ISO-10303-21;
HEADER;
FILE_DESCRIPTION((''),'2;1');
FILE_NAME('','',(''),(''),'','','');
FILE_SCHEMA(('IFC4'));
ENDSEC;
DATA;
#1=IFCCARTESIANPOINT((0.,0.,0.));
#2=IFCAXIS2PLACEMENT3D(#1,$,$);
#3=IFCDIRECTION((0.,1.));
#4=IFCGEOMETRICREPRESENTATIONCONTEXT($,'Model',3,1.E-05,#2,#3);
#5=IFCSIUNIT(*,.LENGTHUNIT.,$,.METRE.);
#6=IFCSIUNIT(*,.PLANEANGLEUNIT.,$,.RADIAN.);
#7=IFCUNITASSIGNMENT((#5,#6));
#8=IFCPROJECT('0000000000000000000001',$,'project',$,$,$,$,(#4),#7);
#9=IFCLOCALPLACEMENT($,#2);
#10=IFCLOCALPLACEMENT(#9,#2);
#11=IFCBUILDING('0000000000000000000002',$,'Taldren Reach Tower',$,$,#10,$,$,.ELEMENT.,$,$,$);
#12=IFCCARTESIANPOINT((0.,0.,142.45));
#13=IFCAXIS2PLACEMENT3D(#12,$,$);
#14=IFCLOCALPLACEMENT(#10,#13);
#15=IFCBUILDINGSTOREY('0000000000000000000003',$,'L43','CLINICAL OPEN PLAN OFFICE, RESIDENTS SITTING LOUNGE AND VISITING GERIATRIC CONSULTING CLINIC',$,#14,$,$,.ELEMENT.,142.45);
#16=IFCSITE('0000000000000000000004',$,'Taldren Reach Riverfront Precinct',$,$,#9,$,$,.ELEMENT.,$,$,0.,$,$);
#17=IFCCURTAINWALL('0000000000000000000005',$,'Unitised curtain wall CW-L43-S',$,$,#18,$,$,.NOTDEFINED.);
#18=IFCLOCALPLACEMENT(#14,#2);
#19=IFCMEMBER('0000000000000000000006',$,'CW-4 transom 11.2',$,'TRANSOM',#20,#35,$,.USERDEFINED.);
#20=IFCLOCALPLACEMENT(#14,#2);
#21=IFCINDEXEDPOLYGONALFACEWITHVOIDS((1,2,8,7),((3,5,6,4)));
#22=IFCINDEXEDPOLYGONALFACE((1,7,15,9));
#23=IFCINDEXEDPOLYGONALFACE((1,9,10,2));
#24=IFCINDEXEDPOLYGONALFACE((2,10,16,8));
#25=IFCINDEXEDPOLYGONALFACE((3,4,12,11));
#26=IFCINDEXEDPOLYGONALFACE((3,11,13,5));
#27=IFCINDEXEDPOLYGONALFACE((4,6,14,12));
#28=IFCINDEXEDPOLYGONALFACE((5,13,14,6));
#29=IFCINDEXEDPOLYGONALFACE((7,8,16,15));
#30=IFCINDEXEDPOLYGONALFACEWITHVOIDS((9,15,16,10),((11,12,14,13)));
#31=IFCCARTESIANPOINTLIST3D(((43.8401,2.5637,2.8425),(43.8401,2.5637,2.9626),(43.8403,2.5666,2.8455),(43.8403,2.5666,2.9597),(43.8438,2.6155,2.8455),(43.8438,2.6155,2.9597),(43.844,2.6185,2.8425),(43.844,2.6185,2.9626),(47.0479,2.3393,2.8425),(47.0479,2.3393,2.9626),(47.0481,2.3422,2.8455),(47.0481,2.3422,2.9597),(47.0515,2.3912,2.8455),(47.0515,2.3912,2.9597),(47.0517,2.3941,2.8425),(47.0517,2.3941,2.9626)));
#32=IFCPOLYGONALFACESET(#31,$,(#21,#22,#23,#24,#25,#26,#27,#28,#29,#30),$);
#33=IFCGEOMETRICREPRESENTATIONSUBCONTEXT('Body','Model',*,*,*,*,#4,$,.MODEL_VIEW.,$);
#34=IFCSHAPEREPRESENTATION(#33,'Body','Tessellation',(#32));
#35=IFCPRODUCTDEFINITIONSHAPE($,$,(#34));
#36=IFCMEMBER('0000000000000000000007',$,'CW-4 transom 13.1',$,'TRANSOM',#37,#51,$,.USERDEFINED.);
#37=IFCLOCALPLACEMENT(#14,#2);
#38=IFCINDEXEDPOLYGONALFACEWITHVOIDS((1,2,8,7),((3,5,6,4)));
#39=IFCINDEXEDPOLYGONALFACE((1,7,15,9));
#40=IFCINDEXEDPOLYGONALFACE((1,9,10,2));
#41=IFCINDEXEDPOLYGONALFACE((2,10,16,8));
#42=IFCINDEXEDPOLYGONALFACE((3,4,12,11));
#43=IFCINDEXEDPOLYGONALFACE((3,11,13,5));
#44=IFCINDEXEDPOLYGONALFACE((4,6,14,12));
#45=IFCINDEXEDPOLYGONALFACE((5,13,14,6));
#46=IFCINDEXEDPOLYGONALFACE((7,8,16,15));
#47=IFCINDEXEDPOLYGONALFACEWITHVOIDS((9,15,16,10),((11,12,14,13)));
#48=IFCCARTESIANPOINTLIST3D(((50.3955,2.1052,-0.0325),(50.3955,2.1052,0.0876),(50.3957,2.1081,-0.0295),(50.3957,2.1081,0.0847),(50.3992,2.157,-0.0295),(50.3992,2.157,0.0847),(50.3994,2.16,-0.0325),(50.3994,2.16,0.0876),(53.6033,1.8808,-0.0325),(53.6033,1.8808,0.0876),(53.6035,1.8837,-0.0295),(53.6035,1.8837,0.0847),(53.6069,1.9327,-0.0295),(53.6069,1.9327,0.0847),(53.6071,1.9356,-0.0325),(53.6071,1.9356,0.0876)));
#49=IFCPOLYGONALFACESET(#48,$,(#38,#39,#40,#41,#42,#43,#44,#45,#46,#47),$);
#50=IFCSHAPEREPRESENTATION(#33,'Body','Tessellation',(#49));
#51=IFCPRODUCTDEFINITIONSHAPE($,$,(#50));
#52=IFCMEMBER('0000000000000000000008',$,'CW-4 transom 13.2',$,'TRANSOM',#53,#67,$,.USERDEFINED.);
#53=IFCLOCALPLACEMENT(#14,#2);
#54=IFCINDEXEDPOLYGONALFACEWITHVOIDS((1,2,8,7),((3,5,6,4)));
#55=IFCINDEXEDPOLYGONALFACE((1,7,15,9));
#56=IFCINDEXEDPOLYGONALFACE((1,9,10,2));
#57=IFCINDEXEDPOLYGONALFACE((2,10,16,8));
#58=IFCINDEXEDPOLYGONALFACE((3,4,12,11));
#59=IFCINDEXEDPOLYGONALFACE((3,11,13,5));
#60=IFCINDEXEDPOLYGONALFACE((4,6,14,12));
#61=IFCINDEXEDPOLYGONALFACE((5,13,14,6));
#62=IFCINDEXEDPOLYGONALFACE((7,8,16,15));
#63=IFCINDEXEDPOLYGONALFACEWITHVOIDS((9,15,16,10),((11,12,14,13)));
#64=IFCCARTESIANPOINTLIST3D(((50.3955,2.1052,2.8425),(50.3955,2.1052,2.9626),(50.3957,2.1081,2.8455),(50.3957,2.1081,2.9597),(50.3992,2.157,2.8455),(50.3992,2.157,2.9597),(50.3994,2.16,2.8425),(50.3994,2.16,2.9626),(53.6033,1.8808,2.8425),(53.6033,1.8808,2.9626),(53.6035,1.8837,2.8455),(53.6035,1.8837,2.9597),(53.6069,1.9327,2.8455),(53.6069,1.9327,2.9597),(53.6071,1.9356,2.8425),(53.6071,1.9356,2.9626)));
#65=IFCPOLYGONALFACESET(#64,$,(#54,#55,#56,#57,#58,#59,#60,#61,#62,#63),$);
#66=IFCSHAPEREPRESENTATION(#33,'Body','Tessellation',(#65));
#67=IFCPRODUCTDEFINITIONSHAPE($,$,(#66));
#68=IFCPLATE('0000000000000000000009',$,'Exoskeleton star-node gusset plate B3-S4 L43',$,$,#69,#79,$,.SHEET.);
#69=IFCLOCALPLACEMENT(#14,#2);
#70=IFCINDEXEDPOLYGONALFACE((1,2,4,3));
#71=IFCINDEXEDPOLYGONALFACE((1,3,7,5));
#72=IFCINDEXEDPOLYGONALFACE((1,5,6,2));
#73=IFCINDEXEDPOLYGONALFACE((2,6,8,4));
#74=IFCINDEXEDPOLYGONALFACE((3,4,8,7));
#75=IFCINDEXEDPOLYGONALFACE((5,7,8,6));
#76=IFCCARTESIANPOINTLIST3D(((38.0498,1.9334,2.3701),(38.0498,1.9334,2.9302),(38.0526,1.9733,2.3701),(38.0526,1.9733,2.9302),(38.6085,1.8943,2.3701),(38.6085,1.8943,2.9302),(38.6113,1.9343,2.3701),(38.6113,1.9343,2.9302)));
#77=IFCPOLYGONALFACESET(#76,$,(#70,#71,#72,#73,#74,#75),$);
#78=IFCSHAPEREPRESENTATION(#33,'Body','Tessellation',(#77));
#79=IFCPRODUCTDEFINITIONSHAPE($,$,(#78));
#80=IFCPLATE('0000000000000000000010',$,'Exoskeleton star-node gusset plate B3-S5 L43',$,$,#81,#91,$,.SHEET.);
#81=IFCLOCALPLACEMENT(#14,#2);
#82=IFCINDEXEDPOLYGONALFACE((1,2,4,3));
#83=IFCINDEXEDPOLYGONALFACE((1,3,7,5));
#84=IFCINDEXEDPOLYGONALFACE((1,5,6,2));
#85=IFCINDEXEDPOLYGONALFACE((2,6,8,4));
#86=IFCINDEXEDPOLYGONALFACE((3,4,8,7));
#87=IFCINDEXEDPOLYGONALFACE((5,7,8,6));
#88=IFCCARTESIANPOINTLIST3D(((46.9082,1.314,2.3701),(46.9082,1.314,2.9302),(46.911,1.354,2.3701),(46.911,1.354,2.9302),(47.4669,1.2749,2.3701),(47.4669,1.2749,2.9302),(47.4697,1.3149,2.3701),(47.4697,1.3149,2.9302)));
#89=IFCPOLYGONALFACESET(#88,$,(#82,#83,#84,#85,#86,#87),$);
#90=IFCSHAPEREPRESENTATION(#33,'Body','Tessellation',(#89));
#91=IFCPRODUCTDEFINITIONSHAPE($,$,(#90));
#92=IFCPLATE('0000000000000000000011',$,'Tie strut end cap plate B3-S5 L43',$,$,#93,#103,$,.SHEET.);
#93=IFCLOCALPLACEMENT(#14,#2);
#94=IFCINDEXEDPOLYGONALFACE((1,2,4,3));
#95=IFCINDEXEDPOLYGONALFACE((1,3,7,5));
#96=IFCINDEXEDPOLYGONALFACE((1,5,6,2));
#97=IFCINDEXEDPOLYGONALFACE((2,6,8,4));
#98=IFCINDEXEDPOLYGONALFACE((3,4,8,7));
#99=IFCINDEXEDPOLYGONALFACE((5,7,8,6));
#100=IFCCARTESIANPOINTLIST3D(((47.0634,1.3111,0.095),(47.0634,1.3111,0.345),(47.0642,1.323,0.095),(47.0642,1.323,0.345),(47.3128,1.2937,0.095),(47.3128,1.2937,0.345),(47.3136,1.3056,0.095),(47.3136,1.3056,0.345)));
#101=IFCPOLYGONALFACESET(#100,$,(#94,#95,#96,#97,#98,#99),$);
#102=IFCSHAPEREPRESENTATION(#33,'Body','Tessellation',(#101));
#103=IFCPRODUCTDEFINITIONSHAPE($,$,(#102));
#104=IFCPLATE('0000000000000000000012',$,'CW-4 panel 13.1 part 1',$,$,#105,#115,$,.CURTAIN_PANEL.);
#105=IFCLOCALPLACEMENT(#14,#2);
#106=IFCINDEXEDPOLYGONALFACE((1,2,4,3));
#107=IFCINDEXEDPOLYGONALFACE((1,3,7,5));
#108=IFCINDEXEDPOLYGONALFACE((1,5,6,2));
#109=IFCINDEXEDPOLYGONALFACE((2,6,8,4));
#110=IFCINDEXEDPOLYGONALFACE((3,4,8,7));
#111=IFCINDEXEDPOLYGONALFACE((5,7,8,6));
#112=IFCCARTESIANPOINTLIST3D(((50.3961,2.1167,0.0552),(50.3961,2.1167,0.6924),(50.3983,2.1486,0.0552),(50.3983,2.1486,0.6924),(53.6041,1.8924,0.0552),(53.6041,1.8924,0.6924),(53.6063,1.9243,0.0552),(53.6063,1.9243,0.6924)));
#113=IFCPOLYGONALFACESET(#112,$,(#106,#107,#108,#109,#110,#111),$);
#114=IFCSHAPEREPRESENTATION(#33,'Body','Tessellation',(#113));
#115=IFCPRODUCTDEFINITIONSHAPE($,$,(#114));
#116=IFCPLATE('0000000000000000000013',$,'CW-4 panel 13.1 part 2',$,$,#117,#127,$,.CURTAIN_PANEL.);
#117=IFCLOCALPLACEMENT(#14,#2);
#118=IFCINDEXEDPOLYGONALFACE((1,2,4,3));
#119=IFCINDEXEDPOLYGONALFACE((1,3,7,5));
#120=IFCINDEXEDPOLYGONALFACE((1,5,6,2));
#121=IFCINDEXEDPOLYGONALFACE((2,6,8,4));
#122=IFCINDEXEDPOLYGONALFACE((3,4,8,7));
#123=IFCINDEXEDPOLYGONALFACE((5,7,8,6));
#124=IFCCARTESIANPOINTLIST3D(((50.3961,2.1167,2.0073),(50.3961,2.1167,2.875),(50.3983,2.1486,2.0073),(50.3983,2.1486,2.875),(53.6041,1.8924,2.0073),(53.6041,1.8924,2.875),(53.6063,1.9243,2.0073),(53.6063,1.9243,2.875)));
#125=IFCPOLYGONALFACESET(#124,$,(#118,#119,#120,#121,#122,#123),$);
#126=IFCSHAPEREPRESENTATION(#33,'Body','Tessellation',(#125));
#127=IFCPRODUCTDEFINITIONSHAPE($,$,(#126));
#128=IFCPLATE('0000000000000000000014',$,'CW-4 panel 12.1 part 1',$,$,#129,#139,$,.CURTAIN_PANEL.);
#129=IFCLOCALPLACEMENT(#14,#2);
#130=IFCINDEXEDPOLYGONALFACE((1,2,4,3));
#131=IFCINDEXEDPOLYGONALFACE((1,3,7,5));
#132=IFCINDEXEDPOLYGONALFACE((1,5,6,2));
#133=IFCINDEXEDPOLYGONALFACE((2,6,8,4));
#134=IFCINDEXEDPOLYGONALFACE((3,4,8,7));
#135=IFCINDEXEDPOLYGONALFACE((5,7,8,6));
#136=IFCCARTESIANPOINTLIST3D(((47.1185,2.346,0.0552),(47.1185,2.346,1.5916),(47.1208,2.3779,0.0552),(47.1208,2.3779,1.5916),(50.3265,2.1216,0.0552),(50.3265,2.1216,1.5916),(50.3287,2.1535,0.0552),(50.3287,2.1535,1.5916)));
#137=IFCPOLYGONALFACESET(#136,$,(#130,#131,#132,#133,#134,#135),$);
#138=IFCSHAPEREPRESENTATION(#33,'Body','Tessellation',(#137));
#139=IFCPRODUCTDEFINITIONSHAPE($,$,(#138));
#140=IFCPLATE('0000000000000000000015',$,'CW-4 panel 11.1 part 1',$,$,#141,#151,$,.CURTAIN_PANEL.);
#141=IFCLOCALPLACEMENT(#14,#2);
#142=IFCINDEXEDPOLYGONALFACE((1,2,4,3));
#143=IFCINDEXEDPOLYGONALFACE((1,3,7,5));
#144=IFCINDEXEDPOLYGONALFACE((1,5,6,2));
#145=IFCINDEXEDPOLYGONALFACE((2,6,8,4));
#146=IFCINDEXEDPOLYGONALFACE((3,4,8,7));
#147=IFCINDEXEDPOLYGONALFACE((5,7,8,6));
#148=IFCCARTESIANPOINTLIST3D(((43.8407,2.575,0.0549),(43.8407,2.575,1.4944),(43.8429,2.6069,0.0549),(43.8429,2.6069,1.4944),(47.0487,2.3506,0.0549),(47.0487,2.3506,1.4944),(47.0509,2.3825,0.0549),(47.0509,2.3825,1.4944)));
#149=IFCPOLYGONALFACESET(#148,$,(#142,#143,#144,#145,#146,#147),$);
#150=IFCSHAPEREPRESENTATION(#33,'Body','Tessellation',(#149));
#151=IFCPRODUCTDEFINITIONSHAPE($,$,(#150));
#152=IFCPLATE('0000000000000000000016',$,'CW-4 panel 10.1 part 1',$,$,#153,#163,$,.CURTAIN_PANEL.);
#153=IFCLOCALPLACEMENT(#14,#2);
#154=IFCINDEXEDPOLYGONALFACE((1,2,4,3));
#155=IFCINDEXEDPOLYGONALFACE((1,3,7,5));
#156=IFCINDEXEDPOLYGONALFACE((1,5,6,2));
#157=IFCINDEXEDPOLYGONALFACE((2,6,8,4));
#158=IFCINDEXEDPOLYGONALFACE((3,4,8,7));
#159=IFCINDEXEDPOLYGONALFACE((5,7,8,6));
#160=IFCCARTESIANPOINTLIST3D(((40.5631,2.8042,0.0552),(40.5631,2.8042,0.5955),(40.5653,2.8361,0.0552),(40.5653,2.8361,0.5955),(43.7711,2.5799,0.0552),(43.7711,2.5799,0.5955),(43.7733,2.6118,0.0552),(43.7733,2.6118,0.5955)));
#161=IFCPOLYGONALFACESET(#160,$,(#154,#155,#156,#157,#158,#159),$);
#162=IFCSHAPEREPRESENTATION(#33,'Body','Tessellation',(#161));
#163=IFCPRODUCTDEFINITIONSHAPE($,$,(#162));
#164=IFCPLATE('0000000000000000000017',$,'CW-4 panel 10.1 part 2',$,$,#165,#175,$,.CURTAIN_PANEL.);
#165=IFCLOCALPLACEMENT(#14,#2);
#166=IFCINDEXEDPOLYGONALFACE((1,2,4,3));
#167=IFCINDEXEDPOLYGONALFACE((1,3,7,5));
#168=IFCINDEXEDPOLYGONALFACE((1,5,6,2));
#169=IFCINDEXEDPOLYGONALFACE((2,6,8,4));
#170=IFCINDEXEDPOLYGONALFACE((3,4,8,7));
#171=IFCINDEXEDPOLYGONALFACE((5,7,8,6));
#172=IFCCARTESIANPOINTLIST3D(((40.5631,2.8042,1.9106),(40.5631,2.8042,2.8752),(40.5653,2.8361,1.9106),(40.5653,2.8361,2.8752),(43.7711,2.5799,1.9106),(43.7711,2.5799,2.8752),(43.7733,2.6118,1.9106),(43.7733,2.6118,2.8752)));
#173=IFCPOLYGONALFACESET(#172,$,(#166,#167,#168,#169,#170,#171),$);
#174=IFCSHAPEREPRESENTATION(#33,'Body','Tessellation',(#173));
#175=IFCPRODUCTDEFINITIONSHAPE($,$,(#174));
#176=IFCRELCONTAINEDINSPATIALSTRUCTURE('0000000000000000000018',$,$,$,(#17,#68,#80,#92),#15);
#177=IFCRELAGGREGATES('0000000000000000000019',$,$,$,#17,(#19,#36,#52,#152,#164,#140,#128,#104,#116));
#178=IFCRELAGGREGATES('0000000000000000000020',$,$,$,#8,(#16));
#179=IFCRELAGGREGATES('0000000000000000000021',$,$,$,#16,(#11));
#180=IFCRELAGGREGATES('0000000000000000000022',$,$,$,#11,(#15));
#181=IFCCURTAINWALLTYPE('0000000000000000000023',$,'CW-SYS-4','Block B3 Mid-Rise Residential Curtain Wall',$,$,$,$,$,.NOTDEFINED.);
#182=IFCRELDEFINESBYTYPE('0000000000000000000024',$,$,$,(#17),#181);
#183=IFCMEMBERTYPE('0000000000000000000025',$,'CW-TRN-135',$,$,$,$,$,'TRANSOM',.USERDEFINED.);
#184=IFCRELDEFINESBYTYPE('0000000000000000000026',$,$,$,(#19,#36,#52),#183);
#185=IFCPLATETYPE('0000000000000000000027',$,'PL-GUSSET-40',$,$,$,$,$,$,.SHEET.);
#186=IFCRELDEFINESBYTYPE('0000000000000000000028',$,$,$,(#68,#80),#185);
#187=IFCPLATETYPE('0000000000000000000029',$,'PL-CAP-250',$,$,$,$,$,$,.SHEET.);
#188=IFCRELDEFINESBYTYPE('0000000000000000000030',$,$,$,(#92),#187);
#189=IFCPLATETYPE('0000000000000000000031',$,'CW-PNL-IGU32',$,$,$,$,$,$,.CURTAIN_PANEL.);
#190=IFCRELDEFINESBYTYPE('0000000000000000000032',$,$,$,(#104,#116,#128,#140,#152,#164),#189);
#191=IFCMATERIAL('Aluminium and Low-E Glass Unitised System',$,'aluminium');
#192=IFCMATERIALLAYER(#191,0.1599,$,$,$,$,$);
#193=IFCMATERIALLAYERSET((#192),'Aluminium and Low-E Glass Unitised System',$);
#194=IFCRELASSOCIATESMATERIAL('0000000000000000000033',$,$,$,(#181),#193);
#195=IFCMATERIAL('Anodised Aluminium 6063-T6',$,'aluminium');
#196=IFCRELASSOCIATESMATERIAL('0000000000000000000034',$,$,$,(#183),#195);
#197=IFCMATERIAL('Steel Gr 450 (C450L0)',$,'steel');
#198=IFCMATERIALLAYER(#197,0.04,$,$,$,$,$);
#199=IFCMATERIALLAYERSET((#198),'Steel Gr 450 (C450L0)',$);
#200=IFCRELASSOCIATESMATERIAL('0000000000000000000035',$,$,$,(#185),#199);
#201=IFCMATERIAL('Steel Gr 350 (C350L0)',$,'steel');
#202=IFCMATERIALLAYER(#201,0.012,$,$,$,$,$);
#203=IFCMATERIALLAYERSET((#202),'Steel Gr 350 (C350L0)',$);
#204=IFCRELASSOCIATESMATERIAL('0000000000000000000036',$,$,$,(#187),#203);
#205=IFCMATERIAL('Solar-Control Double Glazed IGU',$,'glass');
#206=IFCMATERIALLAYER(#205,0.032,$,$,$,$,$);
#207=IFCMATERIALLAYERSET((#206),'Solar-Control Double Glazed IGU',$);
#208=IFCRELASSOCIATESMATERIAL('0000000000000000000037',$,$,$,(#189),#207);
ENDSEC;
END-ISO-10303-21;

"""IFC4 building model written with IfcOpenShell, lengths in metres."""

from ifc_helpers import new_model, si_unit, direction, frame, origin, origin_2d, place, context, subcontext, project, spatial, rectangle, hollow_rectangle, extrude, source, transform, mapped, material, layer, layer_set, material_profile, profile_set, type_object, element, aggregate, save


model = new_model("IFC4")

# Units and contexts
model_context = context("Model", 3, precision=1e-05, world=origin(), true_north=direction((0.0, 1.0)))
body_context = subcontext(model_context, "Body", "Model", "MODEL_VIEW")
ifc_project = project(units=[si_unit("LENGTHUNIT", "METRE"), si_unit("PLANEANGLEUNIT", "RADIAN")], contexts=[model_context])

# Site, building, storey
site_placement = place(None, origin())
site = spatial("IfcSite", under=ifc_project, at=site_placement, Name="Taldren Reach Riverfront Precinct", CompositionType="ELEMENT", RefElevation=0.0)
building_placement = place(site_placement, origin())
building = spatial("IfcBuilding", under=site, at=building_placement, Name="Taldren Reach Tower", CompositionType="ELEMENT")
storey_placement = place(building_placement, frame((0.0, 0.0, 142.45)))
storey = spatial("IfcBuildingStorey", under=building, at=storey_placement, Name="L43", Description="CLINICAL OPEN PLAN OFFICE, RESIDENTS SITTING LOUNGE AND VISITING GERIATRIC CONSULTING CLINIC", CompositionType="ELEMENT", Elevation=142.45)

# Shared definitions
ifc_material_1 = material(Name="Steel Gr 450 (C450L0)", Category="steel")
ifc_material_2 = material(Name="Steel Gr 350 (C350L0)", Category="steel")

# Curtain wall, members
ifc_material_3 = material(Name="Aluminium and Low-E Glass Unitised System", Category="aluminium")
ifc_layer_1 = layer(ifc_material_3, 0.1599)
ifc_layer_set_1 = layer_set([ifc_layer_1], Name="Aluminium and Low-E Glass Unitised System")
curtain_wall_type = type_object("IfcCurtainWallType", Name="CW-SYS-4", Description="Block B3 Mid-Rise Residential Curtain Wall", PredefinedType="NOTDEFINED", material=ifc_layer_set_1)
curtain_wall_placement = place(storey_placement, origin())
curtain_wall = element("IfcCurtainWall", 1, at=curtain_wall_placement, inside=storey, type_object=curtain_wall_type, Name="Unitised curtain wall CW-L43-S", PredefinedType="NOTDEFINED")
ifc_material_4 = material(Name="Anodised Aluminium 6063-T6", Category="aluminium")
ifc_material_profile_1 = material_profile(ifc_material_4, hollow_rectangle(XDim=0.0549, YDim=0.1201, WallThickness=0.0029, at=origin_2d()), Name="ALU-120x55x3RHS")
ifc_profile_set_1 = profile_set([ifc_material_profile_1], Name="Anodised Aluminium 6063-T6")
member_type_1 = type_object("IfcMemberType", Name="CW-TRN-135", ElementType="TRANSOM", PredefinedType="USERDEFINED", material=ifc_profile_set_1)
shared_shape_1 = source(origin(), body_context, "Body", "SweptSolid", [
    extrude(hollow_rectangle(XDim=0.0549, YDim=0.1201, WallThickness=0.0029, at=origin_2d()), origin(), (0.0, 0.0, 1.0), 3.2156),
])
member_1_placement = place(storey_placement, frame((43.842, 2.5911, 2.9026), z_axis=(0.997563, -0.069774, 0.0), x_axis=(0.069774, 0.997563, 0.0)))
member_1 = element("IfcMember", 2, at=member_1_placement, type_object=member_type_1, Name="CW-4 transom 11.2", ObjectType="TRANSOM", PredefinedType="USERDEFINED", context=body_context, shape_type="MappedRepresentation", body=[
    mapped(shared_shape_1, transform((0.0, 0.0, 0.0), scale=1.0)),
])
member_2_placement = place(storey_placement, frame((50.3975, 2.1326, 0.0276), z_axis=(0.997563, -0.069774, 0.0), x_axis=(0.069774, 0.997563, 0.0)))
member_2 = element("IfcMember", 3, at=member_2_placement, type_object=member_type_1, Name="CW-4 transom 13.1", ObjectType="TRANSOM", PredefinedType="USERDEFINED", context=body_context, shape_type="MappedRepresentation", body=[
    mapped(shared_shape_1, transform((0.0, 0.0, 0.0), scale=1.0)),
])
member_3_placement = place(storey_placement, frame((50.3975, 2.1326, 2.9026), z_axis=(0.997563, -0.069774, 0.0), x_axis=(0.069774, 0.997563, 0.0)))
member_3 = element("IfcMember", 4, at=member_3_placement, type_object=member_type_1, Name="CW-4 transom 13.2", ObjectType="TRANSOM", PredefinedType="USERDEFINED", context=body_context, shape_type="MappedRepresentation", body=[
    mapped(shared_shape_1, transform((0.0, 0.0, 0.0), scale=1.0)),
])

# Plates
ifc_layer_2 = layer(ifc_material_1, 0.04)
ifc_layer_set_2 = layer_set([ifc_layer_2], Name="Steel Gr 450 (C450L0)")
plate_type_1 = type_object("IfcPlateType", Name="PL-GUSSET-40", PredefinedType="SHEET", material=ifc_layer_set_2)
shared_shape_2 = source(origin(), body_context, "Body", "SweptSolid", [
    extrude(rectangle(XDim=0.5601, YDim=0.04, at=origin_2d()), origin(), (0.0, 0.0, 1.0), 0.5601),
])
for number, where, z_axis, x_axis, name in (
    (5, (38.3306, 1.9338, 2.3701), (0.0, 0.0, 1.0), (0.997564, -0.069756, 0.0), "Exoskeleton star-node gusset plate B3-S4 L43"),
    (6, (47.189, 1.3145, 2.3701), (0.0, 0.0, 1.0), (0.997564, -0.069756, 0.0), "Exoskeleton star-node gusset plate B3-S5 L43"),
):
    element("IfcPlate", number, at=place(storey_placement, frame(where, z_axis=z_axis, x_axis=x_axis)), inside=storey, type_object=plate_type_1, Name=name, PredefinedType="SHEET", context=body_context, shape_type="MappedRepresentation", body=[
        mapped(shared_shape_2, transform((0.0, 0.0, 0.0), scale=1.0)),
    ])
ifc_layer_3 = layer(ifc_material_2, 0.012)
ifc_layer_set_3 = layer_set([ifc_layer_3], Name="Steel Gr 350 (C350L0)")
plate_type_2 = type_object("IfcPlateType", Name="PL-CAP-250", PredefinedType="SHEET", material=ifc_layer_set_3)
shared_shape_3 = source(origin(), body_context, "Body", "SweptSolid", [
    extrude(rectangle(XDim=0.25, YDim=0.012, at=origin_2d()), origin(), (0.0, 0.0, 1.0), 0.25),
])
plate_1_placement = place(storey_placement, frame((47.1885, 1.3083, 0.095), z_axis=(0.0, 0.0, 1.0), x_axis=(0.997564, -0.069756, 0.0)))
element("IfcPlate", 7, at=plate_1_placement, inside=storey, type_object=plate_type_2, Name="Tie strut end cap plate B3-S5 L43", PredefinedType="SHEET", context=body_context, shape_type="MappedRepresentation", body=[
    mapped(shared_shape_3, transform((0.0, 0.0, 0.0), scale=1.0)),
])

# Plates
ifc_material_5 = material(Name="Solar-Control Double Glazed IGU", Category="glass")
ifc_layer_4 = layer(ifc_material_5, 0.032)
ifc_layer_set_4 = layer_set([ifc_layer_4], Name="Solar-Control Double Glazed IGU")
plate_type_3 = type_object("IfcPlateType", Name="CW-PNL-IGU32", PredefinedType="CURTAIN_PANEL", material=ifc_layer_set_4)
shared_shape_4 = source(origin(), body_context, "Body", "SweptSolid", [
    extrude(rectangle(XDim=3.2158, YDim=0.032, at=origin_2d()), origin(), (0.0, 0.0, 1.0), 0.6372),
])
plate_2_placement = place(storey_placement, frame((52.0012, 2.0205, 0.0552), z_axis=(0.0, 0.0, 1.0), x_axis=(0.997564, -0.069757, 0.0)))
plate_2 = element("IfcPlate", 8, at=plate_2_placement, type_object=plate_type_3, Name="CW-4 panel 13.1 part 1", PredefinedType="CURTAIN_PANEL", context=body_context, shape_type="MappedRepresentation", body=[
    mapped(shared_shape_4, transform((0.0, 0.0, 0.0), scale=1.0)),
])
shared_shape_5 = source(origin(), body_context, "Body", "SweptSolid", [
    extrude(rectangle(XDim=3.2158, YDim=0.032, at=origin_2d()), origin(), (0.0, 0.0, 1.0), 0.8677),
])
plate_3_placement = place(storey_placement, frame((52.0012, 2.0205, 2.0073), z_axis=(0.0, 0.0, 1.0), x_axis=(0.997564, -0.069757, 0.0)))
plate_3 = element("IfcPlate", 9, at=plate_3_placement, type_object=plate_type_3, Name="CW-4 panel 13.1 part 2", PredefinedType="CURTAIN_PANEL", context=body_context, shape_type="MappedRepresentation", body=[
    mapped(shared_shape_5, transform((0.0, 0.0, 0.0), scale=1.0)),
])
shared_shape_6 = source(origin(), body_context, "Body", "SweptSolid", [
    extrude(rectangle(XDim=3.2158, YDim=0.032, at=origin_2d()), origin(), (0.0, 0.0, 1.0), 1.5364),
])
plate_4_placement = place(storey_placement, frame((48.7236, 2.2498, 0.0552), z_axis=(0.0, 0.0, 1.0), x_axis=(0.997564, -0.069757, 0.0)))
plate_4 = element("IfcPlate", 10, at=plate_4_placement, type_object=plate_type_3, Name="CW-4 panel 12.1 part 1", PredefinedType="CURTAIN_PANEL", context=body_context, shape_type="MappedRepresentation", body=[
    mapped(shared_shape_6, transform((0.0, 0.0, 0.0), scale=1.0)),
])
shared_shape_7 = source(origin(), body_context, "Body", "SweptSolid", [
    extrude(rectangle(XDim=3.2158, YDim=0.032, at=origin_2d()), origin(), (0.0, 0.0, 1.0), 1.4395),
])
plate_5_placement = place(storey_placement, frame((45.4458, 2.4788, 0.0549), z_axis=(0.0, 0.0, 1.0), x_axis=(0.997564, -0.069757, 0.0)))
plate_5 = element("IfcPlate", 11, at=plate_5_placement, type_object=plate_type_3, Name="CW-4 panel 11.1 part 1", PredefinedType="CURTAIN_PANEL", context=body_context, shape_type="MappedRepresentation", body=[
    mapped(shared_shape_7, transform((0.0, 0.0, 0.0), scale=1.0)),
])
shared_shape_8 = source(origin(), body_context, "Body", "SweptSolid", [
    extrude(rectangle(XDim=3.2158, YDim=0.032, at=origin_2d()), origin(), (0.0, 0.0, 1.0), 0.5403),
])
plate_6_placement = place(storey_placement, frame((42.1682, 2.708, 0.0552), z_axis=(0.0, 0.0, 1.0), x_axis=(0.997564, -0.069757, 0.0)))
plate_6 = element("IfcPlate", 12, at=plate_6_placement, type_object=plate_type_3, Name="CW-4 panel 10.1 part 1", PredefinedType="CURTAIN_PANEL", context=body_context, shape_type="MappedRepresentation", body=[
    mapped(shared_shape_8, transform((0.0, 0.0, 0.0), scale=1.0)),
])
shared_shape_9 = source(origin(), body_context, "Body", "SweptSolid", [
    extrude(rectangle(XDim=3.2158, YDim=0.032, at=origin_2d()), origin(), (0.0, 0.0, 1.0), 0.9646),
])
plate_7_placement = place(storey_placement, frame((42.1682, 2.708, 1.9106), z_axis=(0.0, 0.0, 1.0), x_axis=(0.997564, -0.069757, 0.0)))
plate_7 = element("IfcPlate", 13, at=plate_7_placement, type_object=plate_type_3, Name="CW-4 panel 10.1 part 2", PredefinedType="CURTAIN_PANEL", context=body_context, shape_type="MappedRepresentation", body=[
    mapped(shared_shape_9, transform((0.0, 0.0, 0.0), scale=1.0)),
])
aggregate(curtain_wall, [member_1, member_2, member_3, plate_6, plate_7, plate_5, plate_4, plate_2, plate_3])

save(model, "model.ifc")
